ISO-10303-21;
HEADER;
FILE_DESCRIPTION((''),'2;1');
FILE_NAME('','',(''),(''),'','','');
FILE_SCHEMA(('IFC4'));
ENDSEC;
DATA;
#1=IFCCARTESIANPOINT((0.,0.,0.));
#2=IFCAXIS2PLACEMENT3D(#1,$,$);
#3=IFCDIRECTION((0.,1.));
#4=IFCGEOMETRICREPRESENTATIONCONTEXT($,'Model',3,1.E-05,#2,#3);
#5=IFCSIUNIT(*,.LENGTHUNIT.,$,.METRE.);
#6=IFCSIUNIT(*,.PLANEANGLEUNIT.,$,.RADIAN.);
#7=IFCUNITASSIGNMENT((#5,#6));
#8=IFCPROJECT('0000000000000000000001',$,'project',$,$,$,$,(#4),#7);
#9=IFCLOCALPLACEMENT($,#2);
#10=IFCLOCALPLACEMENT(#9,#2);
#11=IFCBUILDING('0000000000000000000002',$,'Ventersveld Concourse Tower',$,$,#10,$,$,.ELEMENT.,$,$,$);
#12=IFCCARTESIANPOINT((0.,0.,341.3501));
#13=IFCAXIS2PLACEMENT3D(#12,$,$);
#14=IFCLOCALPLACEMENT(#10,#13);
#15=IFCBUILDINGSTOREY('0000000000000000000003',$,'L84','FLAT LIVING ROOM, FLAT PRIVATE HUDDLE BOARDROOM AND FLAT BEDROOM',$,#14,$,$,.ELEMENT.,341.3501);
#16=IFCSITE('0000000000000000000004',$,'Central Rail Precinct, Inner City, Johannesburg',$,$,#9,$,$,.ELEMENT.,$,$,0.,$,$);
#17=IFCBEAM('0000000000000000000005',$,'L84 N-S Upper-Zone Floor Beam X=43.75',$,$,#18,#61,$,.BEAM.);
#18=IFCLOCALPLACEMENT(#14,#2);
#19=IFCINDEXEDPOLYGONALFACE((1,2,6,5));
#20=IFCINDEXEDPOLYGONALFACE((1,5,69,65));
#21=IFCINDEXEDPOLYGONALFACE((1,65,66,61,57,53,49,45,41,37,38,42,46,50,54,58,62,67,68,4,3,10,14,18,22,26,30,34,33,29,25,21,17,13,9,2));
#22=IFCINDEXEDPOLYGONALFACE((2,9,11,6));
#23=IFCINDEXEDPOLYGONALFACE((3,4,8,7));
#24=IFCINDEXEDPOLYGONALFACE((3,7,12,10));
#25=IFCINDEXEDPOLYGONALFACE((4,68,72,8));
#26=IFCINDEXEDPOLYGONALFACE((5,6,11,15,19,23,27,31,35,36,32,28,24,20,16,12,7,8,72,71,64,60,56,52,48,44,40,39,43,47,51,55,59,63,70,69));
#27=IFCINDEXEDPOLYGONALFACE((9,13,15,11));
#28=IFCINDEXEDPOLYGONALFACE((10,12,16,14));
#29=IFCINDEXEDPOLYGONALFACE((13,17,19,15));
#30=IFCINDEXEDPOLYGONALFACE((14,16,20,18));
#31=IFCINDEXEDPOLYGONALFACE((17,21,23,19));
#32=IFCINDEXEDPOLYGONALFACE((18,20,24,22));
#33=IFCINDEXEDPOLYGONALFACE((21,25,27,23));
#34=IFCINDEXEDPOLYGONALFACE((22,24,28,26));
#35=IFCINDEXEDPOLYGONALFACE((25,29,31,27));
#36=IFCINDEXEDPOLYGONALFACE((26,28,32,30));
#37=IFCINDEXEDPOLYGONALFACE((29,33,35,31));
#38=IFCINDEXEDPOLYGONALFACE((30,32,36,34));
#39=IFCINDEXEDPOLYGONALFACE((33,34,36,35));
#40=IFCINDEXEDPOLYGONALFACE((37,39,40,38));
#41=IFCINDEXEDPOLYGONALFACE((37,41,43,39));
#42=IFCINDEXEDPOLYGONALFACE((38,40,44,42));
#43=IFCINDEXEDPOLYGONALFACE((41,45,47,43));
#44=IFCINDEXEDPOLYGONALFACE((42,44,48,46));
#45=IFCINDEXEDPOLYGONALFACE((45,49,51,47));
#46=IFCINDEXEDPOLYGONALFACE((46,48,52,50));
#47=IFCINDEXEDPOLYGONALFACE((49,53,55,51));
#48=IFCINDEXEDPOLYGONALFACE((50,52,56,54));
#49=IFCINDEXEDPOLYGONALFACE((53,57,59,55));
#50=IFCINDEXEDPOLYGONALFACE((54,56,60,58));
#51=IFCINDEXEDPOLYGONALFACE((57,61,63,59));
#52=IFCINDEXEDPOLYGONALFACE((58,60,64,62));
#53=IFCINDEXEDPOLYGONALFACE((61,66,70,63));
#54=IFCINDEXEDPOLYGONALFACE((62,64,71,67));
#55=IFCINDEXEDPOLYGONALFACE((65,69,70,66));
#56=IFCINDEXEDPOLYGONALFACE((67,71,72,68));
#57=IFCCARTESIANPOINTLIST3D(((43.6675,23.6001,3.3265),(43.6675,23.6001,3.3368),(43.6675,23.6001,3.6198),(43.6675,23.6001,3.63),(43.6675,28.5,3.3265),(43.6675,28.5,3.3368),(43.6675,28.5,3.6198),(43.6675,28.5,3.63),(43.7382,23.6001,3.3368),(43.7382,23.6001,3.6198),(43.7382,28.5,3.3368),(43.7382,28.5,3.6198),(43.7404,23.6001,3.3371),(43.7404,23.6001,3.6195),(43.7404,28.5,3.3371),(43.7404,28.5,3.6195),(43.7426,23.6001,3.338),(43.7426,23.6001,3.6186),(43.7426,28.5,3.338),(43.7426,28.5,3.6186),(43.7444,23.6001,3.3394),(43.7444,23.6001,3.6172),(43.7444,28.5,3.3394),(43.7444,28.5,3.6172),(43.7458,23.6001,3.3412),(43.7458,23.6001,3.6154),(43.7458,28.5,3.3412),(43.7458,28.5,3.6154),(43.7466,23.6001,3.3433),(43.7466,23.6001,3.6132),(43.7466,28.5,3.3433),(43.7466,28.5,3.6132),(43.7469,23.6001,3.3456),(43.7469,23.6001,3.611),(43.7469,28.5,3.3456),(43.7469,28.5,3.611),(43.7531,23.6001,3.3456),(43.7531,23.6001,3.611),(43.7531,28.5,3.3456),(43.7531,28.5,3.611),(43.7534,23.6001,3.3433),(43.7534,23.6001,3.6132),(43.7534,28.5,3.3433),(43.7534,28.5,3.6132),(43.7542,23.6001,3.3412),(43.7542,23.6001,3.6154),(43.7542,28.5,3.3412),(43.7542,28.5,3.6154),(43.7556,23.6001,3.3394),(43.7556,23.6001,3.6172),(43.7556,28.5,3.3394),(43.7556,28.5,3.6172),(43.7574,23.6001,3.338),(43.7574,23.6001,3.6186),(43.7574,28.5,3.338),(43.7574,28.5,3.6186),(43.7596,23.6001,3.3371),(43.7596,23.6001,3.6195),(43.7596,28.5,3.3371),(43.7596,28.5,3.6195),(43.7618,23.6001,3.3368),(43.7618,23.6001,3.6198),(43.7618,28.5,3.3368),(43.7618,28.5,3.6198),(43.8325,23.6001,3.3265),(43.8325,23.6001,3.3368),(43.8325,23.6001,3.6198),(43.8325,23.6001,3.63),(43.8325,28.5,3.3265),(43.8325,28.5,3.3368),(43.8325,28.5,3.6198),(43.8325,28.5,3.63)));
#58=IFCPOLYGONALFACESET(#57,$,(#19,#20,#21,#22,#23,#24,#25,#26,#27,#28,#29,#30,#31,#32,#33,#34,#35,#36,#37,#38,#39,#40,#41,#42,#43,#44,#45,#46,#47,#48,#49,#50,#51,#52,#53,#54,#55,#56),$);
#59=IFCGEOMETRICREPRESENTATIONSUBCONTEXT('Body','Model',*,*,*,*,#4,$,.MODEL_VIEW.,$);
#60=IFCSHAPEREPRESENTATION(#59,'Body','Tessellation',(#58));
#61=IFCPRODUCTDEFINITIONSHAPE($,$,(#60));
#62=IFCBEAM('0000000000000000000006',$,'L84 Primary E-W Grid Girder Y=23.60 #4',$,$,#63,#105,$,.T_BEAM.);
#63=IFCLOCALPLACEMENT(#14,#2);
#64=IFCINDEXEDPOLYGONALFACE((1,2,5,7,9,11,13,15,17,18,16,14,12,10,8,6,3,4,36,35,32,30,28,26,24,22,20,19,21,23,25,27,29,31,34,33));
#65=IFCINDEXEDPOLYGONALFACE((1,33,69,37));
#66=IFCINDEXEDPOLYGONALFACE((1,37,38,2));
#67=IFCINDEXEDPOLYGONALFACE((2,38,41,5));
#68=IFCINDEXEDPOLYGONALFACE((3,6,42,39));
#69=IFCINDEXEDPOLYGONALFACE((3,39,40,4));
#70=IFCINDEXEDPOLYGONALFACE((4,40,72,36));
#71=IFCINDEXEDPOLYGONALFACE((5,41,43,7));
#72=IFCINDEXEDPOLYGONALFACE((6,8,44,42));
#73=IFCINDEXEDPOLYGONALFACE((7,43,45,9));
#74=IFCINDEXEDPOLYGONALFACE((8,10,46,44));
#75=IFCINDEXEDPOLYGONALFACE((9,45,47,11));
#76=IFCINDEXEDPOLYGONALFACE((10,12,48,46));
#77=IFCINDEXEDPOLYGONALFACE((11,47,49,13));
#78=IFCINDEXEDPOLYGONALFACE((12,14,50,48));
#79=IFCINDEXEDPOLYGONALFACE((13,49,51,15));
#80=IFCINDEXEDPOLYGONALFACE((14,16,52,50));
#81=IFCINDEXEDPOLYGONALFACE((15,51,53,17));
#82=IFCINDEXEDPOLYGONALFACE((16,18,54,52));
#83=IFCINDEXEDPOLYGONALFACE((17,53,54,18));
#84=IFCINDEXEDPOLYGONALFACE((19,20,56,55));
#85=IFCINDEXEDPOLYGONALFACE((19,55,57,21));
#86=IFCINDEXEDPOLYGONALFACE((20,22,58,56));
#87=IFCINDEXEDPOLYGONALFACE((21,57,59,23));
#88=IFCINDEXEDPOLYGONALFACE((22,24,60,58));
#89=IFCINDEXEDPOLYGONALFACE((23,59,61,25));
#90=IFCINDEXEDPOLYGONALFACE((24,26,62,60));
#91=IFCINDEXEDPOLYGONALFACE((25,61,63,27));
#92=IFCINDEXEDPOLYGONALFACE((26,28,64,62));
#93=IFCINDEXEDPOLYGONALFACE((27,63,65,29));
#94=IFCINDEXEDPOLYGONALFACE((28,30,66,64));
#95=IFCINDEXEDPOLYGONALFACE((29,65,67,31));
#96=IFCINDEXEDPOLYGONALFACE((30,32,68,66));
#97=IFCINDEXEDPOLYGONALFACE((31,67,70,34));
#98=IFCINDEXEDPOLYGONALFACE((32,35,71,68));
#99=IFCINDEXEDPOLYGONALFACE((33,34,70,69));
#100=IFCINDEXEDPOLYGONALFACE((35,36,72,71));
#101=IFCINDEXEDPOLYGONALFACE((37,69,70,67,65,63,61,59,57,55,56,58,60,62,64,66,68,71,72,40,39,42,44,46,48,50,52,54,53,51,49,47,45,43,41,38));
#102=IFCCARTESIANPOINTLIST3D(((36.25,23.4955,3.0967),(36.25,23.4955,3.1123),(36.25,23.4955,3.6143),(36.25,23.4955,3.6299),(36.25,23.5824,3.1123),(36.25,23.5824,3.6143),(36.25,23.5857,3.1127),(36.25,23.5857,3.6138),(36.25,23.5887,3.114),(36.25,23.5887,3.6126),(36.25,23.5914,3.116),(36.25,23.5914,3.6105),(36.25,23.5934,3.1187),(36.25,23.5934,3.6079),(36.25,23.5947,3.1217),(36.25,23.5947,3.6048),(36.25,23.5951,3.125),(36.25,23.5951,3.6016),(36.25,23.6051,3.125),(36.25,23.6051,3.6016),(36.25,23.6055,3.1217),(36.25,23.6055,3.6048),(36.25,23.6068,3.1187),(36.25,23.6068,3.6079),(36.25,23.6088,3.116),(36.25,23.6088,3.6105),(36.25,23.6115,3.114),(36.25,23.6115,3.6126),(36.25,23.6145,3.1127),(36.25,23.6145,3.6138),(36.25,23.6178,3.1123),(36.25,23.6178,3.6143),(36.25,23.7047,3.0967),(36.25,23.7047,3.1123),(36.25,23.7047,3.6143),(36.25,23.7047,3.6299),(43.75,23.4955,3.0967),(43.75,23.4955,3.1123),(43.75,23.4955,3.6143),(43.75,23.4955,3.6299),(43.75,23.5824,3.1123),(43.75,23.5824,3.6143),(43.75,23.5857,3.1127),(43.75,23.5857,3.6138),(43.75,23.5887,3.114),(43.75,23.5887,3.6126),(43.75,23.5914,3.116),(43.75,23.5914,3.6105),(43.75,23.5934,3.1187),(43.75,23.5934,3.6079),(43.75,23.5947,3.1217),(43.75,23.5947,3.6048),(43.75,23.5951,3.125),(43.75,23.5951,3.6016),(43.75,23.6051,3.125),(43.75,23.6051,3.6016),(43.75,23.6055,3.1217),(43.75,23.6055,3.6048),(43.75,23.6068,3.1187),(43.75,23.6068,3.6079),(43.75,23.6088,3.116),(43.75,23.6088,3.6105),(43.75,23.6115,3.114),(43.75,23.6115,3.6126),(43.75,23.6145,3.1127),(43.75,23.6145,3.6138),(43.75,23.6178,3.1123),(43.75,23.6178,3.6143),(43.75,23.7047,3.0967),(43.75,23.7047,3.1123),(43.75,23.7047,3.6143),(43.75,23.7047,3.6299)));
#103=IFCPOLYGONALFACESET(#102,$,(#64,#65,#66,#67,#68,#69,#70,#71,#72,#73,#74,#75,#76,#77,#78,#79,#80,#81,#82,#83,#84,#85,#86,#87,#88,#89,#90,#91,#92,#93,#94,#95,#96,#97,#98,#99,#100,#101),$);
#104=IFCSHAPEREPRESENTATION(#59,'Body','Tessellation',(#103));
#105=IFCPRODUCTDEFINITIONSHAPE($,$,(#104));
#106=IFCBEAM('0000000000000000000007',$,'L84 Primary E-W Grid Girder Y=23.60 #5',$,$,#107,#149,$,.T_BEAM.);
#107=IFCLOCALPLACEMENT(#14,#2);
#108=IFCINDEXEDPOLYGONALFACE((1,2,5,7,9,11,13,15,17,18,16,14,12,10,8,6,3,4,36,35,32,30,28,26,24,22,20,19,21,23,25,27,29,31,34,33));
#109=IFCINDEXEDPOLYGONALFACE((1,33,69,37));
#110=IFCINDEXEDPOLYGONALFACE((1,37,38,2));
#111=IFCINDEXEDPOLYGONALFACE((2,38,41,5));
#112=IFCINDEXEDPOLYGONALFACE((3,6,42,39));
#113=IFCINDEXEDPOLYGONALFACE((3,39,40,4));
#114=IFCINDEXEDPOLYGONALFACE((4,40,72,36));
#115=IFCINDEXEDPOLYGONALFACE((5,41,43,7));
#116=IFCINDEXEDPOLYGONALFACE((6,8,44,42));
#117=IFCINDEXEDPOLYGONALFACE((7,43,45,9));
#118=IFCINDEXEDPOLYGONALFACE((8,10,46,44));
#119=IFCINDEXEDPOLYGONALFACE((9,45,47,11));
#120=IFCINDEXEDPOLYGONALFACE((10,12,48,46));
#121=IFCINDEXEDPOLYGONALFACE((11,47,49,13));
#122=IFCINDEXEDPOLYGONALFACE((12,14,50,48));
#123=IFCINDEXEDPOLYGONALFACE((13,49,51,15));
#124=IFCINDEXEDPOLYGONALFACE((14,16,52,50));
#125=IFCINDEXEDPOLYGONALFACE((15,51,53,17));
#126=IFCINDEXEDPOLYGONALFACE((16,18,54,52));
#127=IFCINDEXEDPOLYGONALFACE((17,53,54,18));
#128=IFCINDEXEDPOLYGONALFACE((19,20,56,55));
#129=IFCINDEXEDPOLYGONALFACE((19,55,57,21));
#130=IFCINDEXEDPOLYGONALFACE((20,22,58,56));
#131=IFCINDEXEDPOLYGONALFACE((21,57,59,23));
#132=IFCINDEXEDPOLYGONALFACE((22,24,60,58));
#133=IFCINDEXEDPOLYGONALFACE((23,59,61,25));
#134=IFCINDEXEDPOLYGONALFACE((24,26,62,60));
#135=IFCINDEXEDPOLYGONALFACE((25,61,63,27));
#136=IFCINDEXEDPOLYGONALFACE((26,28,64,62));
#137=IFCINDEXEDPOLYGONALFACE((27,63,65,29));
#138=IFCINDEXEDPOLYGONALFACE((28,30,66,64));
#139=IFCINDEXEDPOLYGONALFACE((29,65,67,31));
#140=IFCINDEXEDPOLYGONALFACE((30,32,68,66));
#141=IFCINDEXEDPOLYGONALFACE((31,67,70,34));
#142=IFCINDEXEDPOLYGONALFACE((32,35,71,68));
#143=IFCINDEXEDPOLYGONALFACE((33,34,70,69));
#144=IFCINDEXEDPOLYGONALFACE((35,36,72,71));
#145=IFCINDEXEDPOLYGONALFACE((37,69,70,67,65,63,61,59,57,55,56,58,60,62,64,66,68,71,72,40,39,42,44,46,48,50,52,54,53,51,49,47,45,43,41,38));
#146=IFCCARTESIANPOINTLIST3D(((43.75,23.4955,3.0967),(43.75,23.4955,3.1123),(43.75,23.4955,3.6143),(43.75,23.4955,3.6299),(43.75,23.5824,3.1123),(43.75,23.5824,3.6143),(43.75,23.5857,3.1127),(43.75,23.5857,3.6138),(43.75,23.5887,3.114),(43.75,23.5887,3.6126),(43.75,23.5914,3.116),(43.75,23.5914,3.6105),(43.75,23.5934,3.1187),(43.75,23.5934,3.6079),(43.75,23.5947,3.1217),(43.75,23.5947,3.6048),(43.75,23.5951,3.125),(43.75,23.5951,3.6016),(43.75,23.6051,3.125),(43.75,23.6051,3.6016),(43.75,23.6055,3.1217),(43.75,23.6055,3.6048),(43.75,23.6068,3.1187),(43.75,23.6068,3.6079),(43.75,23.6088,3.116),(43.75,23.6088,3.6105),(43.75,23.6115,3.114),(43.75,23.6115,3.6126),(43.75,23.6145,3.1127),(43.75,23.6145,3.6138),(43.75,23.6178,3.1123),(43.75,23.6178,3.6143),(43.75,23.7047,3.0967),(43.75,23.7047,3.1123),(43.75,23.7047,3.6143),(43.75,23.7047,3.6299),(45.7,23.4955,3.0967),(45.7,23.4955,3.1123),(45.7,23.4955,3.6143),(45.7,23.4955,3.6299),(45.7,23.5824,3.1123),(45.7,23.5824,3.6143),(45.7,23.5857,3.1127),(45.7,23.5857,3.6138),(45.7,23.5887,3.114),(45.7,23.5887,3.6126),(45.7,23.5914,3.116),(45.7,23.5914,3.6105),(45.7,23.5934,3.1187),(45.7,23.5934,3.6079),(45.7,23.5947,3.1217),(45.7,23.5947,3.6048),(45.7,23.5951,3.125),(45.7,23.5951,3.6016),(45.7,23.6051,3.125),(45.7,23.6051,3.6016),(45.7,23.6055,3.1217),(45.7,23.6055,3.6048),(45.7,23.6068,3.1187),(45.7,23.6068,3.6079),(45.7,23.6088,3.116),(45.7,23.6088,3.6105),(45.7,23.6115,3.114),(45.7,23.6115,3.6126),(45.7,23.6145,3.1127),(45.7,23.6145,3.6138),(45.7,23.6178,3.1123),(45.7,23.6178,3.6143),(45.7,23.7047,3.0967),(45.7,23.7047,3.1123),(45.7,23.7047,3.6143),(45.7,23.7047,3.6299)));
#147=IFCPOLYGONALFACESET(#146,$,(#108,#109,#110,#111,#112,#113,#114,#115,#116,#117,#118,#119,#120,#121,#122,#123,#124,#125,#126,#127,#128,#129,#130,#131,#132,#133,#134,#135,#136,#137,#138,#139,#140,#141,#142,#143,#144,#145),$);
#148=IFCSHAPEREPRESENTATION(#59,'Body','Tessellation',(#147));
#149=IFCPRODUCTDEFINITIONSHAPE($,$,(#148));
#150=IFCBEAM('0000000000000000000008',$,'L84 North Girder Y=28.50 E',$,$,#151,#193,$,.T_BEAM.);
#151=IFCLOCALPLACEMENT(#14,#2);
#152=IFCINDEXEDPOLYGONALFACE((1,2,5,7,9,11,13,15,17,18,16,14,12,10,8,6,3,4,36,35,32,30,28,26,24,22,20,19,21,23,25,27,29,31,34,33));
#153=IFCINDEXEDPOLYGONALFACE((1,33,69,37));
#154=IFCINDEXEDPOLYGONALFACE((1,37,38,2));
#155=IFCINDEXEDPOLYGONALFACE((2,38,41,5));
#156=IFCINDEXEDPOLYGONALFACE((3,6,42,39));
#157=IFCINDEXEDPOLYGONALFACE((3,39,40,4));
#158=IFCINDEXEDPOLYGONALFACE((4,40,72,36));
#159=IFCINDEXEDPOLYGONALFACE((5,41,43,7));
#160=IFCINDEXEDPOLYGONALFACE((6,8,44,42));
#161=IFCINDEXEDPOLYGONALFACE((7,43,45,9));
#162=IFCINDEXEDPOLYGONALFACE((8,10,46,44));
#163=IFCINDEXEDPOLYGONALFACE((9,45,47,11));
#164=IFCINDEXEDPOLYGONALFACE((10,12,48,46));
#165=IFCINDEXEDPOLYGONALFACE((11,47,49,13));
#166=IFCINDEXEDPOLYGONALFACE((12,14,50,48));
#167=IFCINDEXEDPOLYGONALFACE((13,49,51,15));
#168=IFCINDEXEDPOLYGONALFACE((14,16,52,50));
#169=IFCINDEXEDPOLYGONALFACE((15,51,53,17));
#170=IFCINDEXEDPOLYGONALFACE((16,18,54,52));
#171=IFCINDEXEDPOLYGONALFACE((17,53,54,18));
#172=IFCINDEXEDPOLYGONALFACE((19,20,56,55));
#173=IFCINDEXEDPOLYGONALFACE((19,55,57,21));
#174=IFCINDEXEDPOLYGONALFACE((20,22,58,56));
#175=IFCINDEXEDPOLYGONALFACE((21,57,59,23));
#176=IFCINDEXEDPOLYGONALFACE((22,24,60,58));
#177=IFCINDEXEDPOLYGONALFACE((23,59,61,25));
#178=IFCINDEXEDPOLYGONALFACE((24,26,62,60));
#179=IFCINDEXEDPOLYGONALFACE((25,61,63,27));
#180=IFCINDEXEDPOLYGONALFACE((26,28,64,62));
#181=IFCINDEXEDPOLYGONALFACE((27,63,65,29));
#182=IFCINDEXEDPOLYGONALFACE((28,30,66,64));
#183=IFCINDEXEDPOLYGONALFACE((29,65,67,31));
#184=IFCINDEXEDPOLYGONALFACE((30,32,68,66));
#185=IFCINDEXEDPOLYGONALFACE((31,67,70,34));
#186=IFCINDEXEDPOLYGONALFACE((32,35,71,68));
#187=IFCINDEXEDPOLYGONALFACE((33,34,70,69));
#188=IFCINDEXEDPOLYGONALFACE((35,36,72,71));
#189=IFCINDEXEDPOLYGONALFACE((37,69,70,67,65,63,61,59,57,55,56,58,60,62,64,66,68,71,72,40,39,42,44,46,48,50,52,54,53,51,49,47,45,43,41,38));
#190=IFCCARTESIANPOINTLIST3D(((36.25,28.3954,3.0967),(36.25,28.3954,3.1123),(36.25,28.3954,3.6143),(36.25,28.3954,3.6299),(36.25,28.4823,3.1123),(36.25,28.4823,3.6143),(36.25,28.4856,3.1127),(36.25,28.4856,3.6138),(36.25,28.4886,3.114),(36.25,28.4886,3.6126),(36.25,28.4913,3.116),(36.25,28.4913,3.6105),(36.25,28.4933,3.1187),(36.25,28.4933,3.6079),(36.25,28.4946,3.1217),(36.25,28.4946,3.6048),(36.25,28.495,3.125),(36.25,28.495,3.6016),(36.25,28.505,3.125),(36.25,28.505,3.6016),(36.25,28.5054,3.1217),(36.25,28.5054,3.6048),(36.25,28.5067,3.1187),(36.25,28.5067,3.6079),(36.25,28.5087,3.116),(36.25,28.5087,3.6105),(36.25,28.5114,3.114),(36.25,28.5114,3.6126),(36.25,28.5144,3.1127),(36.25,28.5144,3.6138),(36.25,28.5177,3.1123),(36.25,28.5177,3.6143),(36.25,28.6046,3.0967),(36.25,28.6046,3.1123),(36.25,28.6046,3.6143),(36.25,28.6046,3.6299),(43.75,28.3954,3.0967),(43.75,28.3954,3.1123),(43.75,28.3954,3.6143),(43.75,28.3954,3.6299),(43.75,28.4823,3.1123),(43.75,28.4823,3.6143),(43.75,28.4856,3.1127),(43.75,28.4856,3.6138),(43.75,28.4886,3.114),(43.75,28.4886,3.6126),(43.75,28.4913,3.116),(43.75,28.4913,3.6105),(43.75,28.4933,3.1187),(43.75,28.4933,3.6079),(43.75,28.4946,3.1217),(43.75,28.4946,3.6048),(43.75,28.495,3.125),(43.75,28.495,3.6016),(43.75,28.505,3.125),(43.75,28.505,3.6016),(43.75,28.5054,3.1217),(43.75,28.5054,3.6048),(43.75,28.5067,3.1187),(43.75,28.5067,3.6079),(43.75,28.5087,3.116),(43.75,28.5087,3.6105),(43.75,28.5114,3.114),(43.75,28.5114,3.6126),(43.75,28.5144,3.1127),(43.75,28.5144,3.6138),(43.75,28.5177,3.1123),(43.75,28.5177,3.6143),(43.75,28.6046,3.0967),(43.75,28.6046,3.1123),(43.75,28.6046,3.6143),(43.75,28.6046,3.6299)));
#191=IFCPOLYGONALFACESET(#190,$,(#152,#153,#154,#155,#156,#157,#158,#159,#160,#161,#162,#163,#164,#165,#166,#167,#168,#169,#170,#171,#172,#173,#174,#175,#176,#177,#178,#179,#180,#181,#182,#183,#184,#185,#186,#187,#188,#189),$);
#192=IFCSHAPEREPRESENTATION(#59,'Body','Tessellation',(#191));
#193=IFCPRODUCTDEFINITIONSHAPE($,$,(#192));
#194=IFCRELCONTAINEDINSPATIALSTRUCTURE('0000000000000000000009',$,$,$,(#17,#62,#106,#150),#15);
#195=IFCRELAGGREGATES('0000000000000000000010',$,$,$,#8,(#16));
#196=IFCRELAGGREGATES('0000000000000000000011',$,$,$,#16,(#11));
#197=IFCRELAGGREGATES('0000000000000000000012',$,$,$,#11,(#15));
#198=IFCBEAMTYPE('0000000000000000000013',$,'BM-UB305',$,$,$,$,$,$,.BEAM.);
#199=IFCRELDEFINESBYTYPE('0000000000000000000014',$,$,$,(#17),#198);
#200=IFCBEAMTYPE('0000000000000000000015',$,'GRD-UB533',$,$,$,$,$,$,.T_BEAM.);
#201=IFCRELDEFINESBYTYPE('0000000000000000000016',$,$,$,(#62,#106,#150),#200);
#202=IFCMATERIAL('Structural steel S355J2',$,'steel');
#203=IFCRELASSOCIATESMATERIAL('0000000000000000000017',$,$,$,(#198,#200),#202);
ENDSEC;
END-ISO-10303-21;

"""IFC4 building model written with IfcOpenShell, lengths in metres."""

from ifc_helpers import new_model, si_unit, direction, frame, origin, origin_2d, place, context, subcontext, project, spatial, i_section, extrude, material, material_profile, profile_set, type_object, element, save


model = new_model("IFC4")

# Units and contexts
model_context = context("Model", 3, precision=1e-05, world=origin(), true_north=direction((0.0, 1.0)))
body_context = subcontext(model_context, "Body", "Model", "MODEL_VIEW")
ifc_project = project(units=[si_unit("LENGTHUNIT", "METRE"), si_unit("PLANEANGLEUNIT", "RADIAN")], contexts=[model_context])

# Site, building, storey
site_placement = place(None, origin())
site = spatial("IfcSite", under=ifc_project, at=site_placement, Name="Central Rail Precinct, Inner City, Johannesburg", CompositionType="ELEMENT", RefElevation=0.0)
building_placement = place(site_placement, origin())
building = spatial("IfcBuilding", under=site, at=building_placement, Name="Ventersveld Concourse Tower", CompositionType="ELEMENT")
storey_placement = place(building_placement, frame((0.0, 0.0, 341.3501)))
storey = spatial("IfcBuildingStorey", under=building, at=storey_placement, Name="L84", Description="FLAT LIVING ROOM, FLAT PRIVATE HUDDLE BOARDROOM AND FLAT BEDROOM", CompositionType="ELEMENT", Elevation=341.3501)

# Shared definitions
ifc_material_1 = material(Name="Structural steel S355J2", Category="steel")

# Beams
ifc_material_profile_1 = material_profile(ifc_material_1, i_section(OverallWidth=0.165, OverallDepth=0.3035, WebThickness=0.0061, FlangeThickness=0.0103, FilletRadius=0.0088, at=origin_2d()), Name="UB 305x165x40")
ifc_profile_set_1 = profile_set([ifc_material_profile_1], Name="Structural steel S355J2")
beam_type_1 = type_object("IfcBeamType", Name="BM-UB305", PredefinedType="BEAM", material=ifc_profile_set_1)
beam_1_placement = place(storey_placement, frame((43.75, 23.6001, 3.4783), z_axis=(0.0, 1.0, 0.0), x_axis=(-1.0, 0.0, 0.0)))
element("IfcBeam", 1, at=beam_1_placement, inside=storey, type_object=beam_type_1, Name="L84 N-S Upper-Zone Floor Beam X=43.75", PredefinedType="BEAM", context=body_context, shape_type="SweptSolid", body=[
    extrude(i_section(OverallWidth=0.165, OverallDepth=0.3035, WebThickness=0.0061, FlangeThickness=0.0103, FilletRadius=0.0088, at=origin_2d()), origin(), (0.0, 0.0, 1.0), 4.8999),
])
ifc_material_profile_2 = material_profile(ifc_material_1, i_section(OverallWidth=0.2092, OverallDepth=0.5332, WebThickness=0.01, FlangeThickness=0.0156, FilletRadius=0.0127, at=origin_2d()), Name="UB 533x210x92")
ifc_profile_set_2 = profile_set([ifc_material_profile_2], Name="Structural steel S355J2")
beam_type_2 = type_object("IfcBeamType", Name="GRD-UB533", PredefinedType="T_BEAM", material=ifc_profile_set_2)
beam_2_placement = place(storey_placement, frame((36.25, 23.6001, 3.3633), z_axis=(1.0, 0.0, 0.0), x_axis=(0.0, 1.0, 0.0)))
element("IfcBeam", 2, at=beam_2_placement, inside=storey, type_object=beam_type_2, Name="L84 Primary E-W Grid Girder Y=23.60 #4", PredefinedType="T_BEAM", context=body_context, shape_type="SweptSolid", body=[
    extrude(i_section(OverallWidth=0.2092, OverallDepth=0.5332, WebThickness=0.01, FlangeThickness=0.0156, FilletRadius=0.0127, at=origin_2d()), origin(), (0.0, 0.0, 1.0), 7.5),
])
beam_3_placement = place(storey_placement, frame((43.75, 23.6001, 3.3633), z_axis=(1.0, 0.0, 0.0), x_axis=(0.0, 1.0, 0.0)))
element("IfcBeam", 3, at=beam_3_placement, inside=storey, type_object=beam_type_2, Name="L84 Primary E-W Grid Girder Y=23.60 #5", PredefinedType="T_BEAM", context=body_context, shape_type="SweptSolid", body=[
    extrude(i_section(OverallWidth=0.2092, OverallDepth=0.5332, WebThickness=0.01, FlangeThickness=0.0156, FilletRadius=0.0127, at=origin_2d()), origin(), (0.0, 0.0, 1.0), 1.95),
])
beam_4_placement = place(storey_placement, frame((36.25, 28.5, 3.3633), z_axis=(1.0, 0.0, 0.0), x_axis=(0.0, 1.0, 0.0)))
element("IfcBeam", 4, at=beam_4_placement, inside=storey, type_object=beam_type_2, Name="L84 North Girder Y=28.50 E", PredefinedType="T_BEAM", context=body_context, shape_type="SweptSolid", body=[
    extrude(i_section(OverallWidth=0.2092, OverallDepth=0.5332, WebThickness=0.01, FlangeThickness=0.0156, FilletRadius=0.0127, at=origin_2d()), origin(), (0.0, 0.0, 1.0), 7.5),
])

save(model, "model.ifc")
